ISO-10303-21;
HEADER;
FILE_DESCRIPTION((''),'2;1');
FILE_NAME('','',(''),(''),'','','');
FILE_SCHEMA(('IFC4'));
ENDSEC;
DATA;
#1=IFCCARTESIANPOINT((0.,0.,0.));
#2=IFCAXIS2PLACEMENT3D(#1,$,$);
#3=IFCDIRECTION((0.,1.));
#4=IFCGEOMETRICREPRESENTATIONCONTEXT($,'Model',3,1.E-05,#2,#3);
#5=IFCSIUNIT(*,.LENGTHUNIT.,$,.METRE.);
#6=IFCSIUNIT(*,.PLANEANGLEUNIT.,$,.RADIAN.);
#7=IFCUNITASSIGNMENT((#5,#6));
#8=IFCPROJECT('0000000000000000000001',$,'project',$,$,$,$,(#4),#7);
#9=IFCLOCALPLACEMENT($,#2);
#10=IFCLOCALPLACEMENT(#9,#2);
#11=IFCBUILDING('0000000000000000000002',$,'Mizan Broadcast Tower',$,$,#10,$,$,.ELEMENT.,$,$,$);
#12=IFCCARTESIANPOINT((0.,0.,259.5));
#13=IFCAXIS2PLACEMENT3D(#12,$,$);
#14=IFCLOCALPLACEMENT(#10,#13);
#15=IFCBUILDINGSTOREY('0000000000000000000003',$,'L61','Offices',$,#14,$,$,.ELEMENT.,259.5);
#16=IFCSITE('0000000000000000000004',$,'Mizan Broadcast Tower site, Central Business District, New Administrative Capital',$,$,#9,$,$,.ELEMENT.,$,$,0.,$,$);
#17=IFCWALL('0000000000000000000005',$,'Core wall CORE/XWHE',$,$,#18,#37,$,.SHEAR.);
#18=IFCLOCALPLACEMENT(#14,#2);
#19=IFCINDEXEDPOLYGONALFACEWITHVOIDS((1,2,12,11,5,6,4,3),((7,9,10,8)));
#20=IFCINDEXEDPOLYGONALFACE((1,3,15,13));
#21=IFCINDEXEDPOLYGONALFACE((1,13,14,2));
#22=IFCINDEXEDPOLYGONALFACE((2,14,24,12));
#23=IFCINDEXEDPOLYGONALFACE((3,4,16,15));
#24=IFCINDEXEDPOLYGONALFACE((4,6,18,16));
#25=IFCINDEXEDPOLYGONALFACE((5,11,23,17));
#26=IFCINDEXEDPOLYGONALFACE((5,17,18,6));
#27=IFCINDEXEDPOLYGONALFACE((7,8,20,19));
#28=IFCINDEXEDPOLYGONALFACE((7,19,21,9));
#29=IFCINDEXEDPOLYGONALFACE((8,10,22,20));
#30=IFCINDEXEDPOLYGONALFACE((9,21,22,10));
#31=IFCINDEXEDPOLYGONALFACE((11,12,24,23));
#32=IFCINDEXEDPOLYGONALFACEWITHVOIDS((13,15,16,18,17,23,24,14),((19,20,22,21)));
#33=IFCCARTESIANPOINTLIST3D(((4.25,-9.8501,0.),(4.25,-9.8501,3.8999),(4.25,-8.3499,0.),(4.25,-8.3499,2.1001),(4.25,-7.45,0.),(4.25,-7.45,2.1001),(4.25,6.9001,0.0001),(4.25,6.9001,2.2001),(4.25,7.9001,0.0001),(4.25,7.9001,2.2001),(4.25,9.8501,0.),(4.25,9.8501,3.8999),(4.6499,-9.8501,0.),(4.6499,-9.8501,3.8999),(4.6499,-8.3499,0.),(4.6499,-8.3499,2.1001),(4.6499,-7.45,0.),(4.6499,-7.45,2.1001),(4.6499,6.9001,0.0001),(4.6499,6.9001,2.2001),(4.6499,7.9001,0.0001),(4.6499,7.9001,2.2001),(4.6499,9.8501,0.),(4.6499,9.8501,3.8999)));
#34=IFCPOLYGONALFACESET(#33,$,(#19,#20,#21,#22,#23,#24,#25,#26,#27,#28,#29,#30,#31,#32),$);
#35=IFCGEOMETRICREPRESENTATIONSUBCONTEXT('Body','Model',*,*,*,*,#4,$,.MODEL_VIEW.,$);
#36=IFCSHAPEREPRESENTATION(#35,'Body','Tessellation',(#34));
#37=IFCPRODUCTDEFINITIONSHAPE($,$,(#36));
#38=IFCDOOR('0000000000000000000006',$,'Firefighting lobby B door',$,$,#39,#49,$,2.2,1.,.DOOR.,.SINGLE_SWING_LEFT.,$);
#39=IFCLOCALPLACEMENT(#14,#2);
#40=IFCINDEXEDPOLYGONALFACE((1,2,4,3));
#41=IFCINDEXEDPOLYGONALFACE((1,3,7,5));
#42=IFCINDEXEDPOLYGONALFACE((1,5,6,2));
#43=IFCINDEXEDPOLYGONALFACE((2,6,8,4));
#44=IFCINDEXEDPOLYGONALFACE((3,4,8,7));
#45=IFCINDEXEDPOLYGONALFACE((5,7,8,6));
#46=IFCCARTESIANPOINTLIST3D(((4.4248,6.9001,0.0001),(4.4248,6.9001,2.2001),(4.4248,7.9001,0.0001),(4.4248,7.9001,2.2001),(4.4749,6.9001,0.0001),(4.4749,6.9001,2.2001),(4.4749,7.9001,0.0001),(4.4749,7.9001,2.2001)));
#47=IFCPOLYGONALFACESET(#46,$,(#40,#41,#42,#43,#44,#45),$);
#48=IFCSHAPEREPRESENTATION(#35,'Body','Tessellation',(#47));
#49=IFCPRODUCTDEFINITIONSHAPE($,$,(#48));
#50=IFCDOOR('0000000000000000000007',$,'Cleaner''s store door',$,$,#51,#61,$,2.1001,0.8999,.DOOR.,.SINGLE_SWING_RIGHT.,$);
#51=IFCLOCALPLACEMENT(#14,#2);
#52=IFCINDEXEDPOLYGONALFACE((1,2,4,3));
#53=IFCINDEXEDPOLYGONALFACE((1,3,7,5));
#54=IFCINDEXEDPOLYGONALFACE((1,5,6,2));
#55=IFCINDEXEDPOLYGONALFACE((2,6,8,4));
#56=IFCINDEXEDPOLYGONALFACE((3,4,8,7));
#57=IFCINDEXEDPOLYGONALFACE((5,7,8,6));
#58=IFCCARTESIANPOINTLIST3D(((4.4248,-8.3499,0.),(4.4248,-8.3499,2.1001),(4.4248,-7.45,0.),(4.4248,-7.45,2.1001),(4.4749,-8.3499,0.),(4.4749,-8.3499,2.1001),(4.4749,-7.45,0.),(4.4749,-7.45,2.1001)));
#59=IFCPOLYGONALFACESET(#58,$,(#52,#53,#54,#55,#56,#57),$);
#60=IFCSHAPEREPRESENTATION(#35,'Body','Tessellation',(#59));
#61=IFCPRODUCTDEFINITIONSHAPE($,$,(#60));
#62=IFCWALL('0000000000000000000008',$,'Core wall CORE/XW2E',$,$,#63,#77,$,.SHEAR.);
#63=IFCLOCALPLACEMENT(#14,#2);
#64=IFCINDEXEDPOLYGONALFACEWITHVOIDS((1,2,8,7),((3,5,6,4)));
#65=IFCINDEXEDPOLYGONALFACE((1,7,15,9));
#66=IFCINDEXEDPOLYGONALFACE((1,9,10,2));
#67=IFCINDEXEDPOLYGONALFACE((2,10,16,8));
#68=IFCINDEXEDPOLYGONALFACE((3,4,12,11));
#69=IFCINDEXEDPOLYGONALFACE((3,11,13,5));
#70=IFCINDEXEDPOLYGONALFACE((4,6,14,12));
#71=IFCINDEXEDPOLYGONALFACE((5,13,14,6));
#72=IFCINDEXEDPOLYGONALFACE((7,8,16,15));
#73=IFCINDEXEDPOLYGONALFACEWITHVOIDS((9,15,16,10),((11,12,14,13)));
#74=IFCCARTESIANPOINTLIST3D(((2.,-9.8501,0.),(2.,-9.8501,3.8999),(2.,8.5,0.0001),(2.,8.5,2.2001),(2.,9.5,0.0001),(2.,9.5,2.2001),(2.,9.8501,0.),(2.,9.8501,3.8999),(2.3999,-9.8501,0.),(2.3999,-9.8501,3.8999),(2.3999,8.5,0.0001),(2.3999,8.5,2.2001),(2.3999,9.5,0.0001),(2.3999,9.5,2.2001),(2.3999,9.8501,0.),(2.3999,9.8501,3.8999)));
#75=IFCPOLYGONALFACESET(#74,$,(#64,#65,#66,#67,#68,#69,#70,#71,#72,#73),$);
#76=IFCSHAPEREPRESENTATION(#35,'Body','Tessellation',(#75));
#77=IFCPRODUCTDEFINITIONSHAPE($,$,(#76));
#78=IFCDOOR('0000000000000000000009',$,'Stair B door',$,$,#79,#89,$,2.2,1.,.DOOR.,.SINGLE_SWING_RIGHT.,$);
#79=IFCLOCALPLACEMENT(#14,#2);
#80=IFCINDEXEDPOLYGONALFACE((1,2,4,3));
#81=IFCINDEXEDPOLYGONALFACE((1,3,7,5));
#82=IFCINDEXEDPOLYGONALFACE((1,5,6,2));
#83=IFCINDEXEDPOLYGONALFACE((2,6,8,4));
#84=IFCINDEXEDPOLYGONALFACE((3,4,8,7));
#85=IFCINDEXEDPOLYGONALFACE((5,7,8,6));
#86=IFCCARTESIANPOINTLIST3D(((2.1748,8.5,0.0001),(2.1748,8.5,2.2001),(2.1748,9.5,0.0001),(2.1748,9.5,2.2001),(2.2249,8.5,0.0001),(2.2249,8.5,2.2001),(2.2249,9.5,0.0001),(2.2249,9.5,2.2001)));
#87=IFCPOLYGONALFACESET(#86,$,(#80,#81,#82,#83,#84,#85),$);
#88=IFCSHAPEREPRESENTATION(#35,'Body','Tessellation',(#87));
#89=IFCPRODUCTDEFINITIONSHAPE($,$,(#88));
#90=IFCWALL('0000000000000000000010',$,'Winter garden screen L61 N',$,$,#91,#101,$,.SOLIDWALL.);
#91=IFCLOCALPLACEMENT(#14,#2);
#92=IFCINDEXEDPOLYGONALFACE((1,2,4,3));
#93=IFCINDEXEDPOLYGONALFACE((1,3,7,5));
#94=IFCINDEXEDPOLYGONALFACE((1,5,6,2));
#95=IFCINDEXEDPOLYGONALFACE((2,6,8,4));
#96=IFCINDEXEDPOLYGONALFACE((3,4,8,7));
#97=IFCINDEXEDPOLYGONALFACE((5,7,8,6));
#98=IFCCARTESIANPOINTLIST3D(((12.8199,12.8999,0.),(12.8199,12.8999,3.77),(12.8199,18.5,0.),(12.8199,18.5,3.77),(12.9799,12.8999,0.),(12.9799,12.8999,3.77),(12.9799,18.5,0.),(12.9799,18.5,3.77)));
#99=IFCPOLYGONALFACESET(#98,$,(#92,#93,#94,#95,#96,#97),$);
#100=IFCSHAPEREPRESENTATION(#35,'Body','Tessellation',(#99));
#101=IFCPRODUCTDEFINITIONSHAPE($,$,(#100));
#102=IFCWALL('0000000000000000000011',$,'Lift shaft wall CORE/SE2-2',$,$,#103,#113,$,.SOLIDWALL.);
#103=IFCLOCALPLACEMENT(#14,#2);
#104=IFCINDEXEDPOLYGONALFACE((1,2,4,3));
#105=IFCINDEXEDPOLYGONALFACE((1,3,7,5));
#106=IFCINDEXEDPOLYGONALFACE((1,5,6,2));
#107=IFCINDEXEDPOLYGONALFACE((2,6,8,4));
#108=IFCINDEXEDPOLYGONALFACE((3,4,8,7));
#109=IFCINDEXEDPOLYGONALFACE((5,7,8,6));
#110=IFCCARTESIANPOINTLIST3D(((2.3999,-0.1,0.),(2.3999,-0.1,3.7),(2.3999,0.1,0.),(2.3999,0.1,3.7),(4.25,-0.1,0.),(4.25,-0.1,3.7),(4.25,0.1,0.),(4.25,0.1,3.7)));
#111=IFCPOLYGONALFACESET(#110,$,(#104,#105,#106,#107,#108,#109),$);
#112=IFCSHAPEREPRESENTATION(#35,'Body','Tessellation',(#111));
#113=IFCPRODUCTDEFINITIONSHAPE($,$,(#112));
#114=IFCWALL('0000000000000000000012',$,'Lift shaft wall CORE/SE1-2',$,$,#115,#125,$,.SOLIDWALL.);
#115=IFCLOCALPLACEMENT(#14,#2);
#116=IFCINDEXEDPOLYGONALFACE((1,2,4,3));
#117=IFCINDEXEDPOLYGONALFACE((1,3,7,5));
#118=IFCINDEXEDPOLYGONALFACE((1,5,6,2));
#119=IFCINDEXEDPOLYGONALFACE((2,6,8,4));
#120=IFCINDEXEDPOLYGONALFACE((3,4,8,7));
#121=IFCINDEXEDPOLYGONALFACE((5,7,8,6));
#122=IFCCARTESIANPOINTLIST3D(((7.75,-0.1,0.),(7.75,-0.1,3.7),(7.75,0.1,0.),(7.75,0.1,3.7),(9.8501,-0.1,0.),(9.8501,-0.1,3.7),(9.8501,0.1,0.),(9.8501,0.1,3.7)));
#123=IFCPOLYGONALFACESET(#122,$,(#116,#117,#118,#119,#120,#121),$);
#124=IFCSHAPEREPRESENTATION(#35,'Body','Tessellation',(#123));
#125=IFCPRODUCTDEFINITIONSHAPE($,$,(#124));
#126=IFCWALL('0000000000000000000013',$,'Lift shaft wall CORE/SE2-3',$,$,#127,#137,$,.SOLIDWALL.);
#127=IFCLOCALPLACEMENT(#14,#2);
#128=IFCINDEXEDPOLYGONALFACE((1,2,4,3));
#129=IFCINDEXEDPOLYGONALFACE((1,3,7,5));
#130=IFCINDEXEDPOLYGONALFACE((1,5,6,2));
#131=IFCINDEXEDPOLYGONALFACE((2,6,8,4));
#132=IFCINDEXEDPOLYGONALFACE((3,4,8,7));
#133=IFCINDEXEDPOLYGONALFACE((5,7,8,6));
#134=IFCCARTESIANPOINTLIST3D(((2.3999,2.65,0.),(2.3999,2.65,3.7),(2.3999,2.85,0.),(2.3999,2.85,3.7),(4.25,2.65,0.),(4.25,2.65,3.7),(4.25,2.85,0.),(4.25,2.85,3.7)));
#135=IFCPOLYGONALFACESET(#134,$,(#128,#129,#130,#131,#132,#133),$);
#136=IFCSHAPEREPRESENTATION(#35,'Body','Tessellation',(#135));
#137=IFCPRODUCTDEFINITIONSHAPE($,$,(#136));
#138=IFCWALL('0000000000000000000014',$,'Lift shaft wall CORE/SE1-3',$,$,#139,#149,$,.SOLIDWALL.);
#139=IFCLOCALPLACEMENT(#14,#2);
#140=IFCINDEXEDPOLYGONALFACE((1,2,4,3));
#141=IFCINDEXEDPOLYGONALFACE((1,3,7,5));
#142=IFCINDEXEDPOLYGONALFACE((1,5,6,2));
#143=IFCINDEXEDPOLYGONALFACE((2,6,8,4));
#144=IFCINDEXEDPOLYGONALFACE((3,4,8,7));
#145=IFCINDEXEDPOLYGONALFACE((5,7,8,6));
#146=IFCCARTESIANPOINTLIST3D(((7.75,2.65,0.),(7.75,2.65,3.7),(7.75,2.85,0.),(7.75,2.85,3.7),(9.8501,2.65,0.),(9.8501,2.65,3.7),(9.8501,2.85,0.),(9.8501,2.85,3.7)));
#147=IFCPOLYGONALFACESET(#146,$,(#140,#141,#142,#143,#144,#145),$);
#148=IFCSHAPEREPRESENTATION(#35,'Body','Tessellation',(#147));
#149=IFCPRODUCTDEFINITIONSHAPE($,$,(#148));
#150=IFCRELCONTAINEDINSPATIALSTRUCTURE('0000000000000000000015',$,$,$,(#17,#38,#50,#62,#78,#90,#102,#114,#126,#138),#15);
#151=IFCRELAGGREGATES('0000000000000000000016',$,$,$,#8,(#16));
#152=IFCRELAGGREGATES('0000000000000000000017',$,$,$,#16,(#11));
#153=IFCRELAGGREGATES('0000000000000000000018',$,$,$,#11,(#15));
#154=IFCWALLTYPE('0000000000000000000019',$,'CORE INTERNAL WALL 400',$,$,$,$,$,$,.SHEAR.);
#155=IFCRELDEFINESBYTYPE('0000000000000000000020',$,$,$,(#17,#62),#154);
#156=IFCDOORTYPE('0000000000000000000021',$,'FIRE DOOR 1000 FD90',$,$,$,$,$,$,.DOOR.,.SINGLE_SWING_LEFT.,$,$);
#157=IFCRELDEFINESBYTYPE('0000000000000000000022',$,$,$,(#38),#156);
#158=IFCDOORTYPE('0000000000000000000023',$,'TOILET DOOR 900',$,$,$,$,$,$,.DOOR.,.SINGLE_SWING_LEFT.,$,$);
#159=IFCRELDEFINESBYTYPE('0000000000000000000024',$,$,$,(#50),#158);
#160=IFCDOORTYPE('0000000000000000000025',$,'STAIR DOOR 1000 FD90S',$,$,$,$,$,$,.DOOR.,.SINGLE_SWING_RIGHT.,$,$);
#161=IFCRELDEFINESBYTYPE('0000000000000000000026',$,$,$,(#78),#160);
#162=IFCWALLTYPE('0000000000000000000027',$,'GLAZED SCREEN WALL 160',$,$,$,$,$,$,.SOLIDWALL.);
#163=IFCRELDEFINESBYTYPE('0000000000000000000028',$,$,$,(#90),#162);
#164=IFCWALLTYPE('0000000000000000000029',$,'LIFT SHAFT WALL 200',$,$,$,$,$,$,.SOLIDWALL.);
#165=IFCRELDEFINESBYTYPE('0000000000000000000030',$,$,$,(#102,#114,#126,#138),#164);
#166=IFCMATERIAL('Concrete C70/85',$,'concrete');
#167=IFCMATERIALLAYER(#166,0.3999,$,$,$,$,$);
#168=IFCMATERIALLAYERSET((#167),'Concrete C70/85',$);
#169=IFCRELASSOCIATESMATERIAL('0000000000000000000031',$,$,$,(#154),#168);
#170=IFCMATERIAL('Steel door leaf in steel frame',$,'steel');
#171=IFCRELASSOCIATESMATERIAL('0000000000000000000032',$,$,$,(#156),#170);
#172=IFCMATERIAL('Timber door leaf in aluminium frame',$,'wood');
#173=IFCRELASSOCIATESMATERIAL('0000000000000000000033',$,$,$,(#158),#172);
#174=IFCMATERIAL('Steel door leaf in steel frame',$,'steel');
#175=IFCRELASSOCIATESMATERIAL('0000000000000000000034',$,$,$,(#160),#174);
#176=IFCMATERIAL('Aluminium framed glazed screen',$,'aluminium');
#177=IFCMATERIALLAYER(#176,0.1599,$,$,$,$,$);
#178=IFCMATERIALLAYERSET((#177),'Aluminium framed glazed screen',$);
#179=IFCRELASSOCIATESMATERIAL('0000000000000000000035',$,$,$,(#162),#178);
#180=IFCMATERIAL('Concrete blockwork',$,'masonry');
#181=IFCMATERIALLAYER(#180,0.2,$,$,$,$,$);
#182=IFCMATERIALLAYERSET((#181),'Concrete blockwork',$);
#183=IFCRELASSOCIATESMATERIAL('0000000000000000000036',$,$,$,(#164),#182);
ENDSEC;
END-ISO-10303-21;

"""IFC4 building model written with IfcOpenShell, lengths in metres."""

from ifc_helpers import new_model, si_unit, direction, frame, frame_2d, origin, place, context, subcontext, project, spatial, rectangle, extrude, material, layer, layer_set, type_object, element, fill, save


model = new_model("IFC4")

# Units and contexts
model_context = context("Model", 3, precision=1e-05, world=origin(), true_north=direction((0.0, 1.0)))
body_context = subcontext(model_context, "Body", "Model", "MODEL_VIEW")
ifc_project = project(units=[si_unit("LENGTHUNIT", "METRE"), si_unit("PLANEANGLEUNIT", "RADIAN")], contexts=[model_context])

# Site, building, storey
site_placement = place(None, origin())
site = spatial("IfcSite", under=ifc_project, at=site_placement, Name="Mizan Broadcast Tower site, Central Business District, New Administrative Capital", CompositionType="ELEMENT", RefElevation=0.0)
building_placement = place(site_placement, origin())
building = spatial("IfcBuilding", under=site, at=building_placement, Name="Mizan Broadcast Tower", CompositionType="ELEMENT")
storey_placement = place(building_placement, frame((0.0, 0.0, 259.5)))
storey = spatial("IfcBuildingStorey", under=building, at=storey_placement, Name="L61", Description="Offices", CompositionType="ELEMENT", Elevation=259.5)

# Wall, openings, doors
ifc_material_1 = material(Name="Concrete C70/85", Category="concrete")
ifc_layer_1 = layer(ifc_material_1, 0.3999)
ifc_layer_set_1 = layer_set([ifc_layer_1], Name="Concrete C70/85")
wall_type_1 = type_object("IfcWallType", Name="CORE INTERNAL WALL 400", PredefinedType="SHEAR", material=ifc_layer_set_1)
ifc_material_2 = material(Name="Steel door leaf in steel frame", Category="steel")
door_type_1 = type_object("IfcDoorType", Name="FIRE DOOR 1000 FD90", OperationType="SINGLE_SWING_LEFT", PredefinedType="DOOR", material=ifc_material_2)
ifc_material_3 = material(Name="Timber door leaf in aluminium frame", Category="wood")
door_type_2 = type_object("IfcDoorType", Name="TOILET DOOR 900", OperationType="SINGLE_SWING_LEFT", PredefinedType="DOOR", material=ifc_material_3)
wall_1_placement = place(storey_placement, frame((4.45, 9.8501, 0.0), z_axis=(0.0, 0.0, 1.0), x_axis=(0.0, -1.0, 0.0)))
wall_1 = element("IfcWall", 1, at=wall_1_placement, inside=storey, type_object=wall_type_1, Name="Core wall CORE/XWHE", PredefinedType="SHEAR", context=body_context, shape_type="SweptSolid", body=[
    extrude(rectangle(XDim=19.7002, YDim=0.3999, at=frame_2d((9.8501, 0.0))), origin(), (0.0, 0.0, 1.0), 3.8999),
])
opening_1_placement = place(wall_1_placement, frame((1.95, 0.0, 0.0)))
opening_1 = element("IfcOpeningElement", 2, at=opening_1_placement, cuts=wall_1, PredefinedType="OPENING", context=body_context, shape_type="SweptSolid", body=[
    extrude(rectangle(XDim=1.0, YDim=2.2, at=frame_2d((0.5, 1.1001))), frame((0.0, 0.21, 0.0), z_axis=(0.0, -1.0, 0.0), x_axis=(1.0, 0.0, 0.0)), (0.0, 0.0, 1.0), 0.4199),
])
opening_2_placement = place(wall_1_placement, frame((17.3, 0.0, 0.0)))
opening_2 = element("IfcOpeningElement", 3, at=opening_2_placement, cuts=wall_1, PredefinedType="OPENING", context=body_context, shape_type="SweptSolid", body=[
    extrude(rectangle(XDim=0.8999, YDim=2.1001, at=frame_2d((0.45, 1.05))), frame((0.0, 0.21, 0.0), z_axis=(0.0, -1.0, 0.0), x_axis=(1.0, 0.0, 0.0)), (0.0, 0.0, 1.0), 0.4199),
])
door_1_placement = place(opening_1_placement, origin())
door_1 = element("IfcDoor", 4, at=door_1_placement, inside=storey, type_object=door_type_1, Name="Firefighting lobby B door", OperationType="SINGLE_SWING_LEFT", OverallHeight=2.2, OverallWidth=1.0, PredefinedType="DOOR", context=body_context, shape_type="SweptSolid", body=[
    extrude(rectangle(XDim=1.0, YDim=2.2, at=frame_2d((0.5, 1.1001))), frame((0.0, 0.0249, 0.0), z_axis=(0.0, -1.0, 0.0), x_axis=(1.0, 0.0, 0.0)), (0.0, 0.0, 1.0), 0.05),
])
fill(opening_1, door_1)
door_2_placement = place(opening_2_placement, origin())
door_2 = element("IfcDoor", 5, at=door_2_placement, inside=storey, type_object=door_type_2, Name="Cleaner's store door", OperationType="SINGLE_SWING_RIGHT", OverallHeight=2.1001, OverallWidth=0.8999, PredefinedType="DOOR", context=body_context, shape_type="SweptSolid", body=[
    extrude(rectangle(XDim=0.8999, YDim=2.1001, at=frame_2d((0.45, 1.05))), frame((0.0, 0.0249, 0.0), z_axis=(0.0, -1.0, 0.0), x_axis=(1.0, 0.0, 0.0)), (0.0, 0.0, 1.0), 0.05),
])
fill(opening_2, door_2)

# Wall, opening, door
wall_2_placement = place(storey_placement, frame((2.2, 9.8501, 0.0), z_axis=(0.0, 0.0, 1.0), x_axis=(0.0, -1.0, 0.0)))
wall_2 = element("IfcWall", 6, at=wall_2_placement, inside=storey, type_object=wall_type_1, Name="Core wall CORE/XW2E", PredefinedType="SHEAR", context=body_context, shape_type="SweptSolid", body=[
    extrude(rectangle(XDim=19.7002, YDim=0.3999, at=frame_2d((9.8501, 0.0))), origin(), (0.0, 0.0, 1.0), 3.8999),
])
opening_3_placement = place(wall_2_placement, frame((0.3501, 0.0, 0.0)))
opening_3 = element("IfcOpeningElement", 7, at=opening_3_placement, cuts=wall_2, PredefinedType="OPENING", context=body_context, shape_type="SweptSolid", body=[
    extrude(rectangle(XDim=1.0, YDim=2.2, at=frame_2d((0.5, 1.1001))), frame((0.0, 0.21, 0.0), z_axis=(0.0, -1.0, 0.0), x_axis=(1.0, 0.0, 0.0)), (0.0, 0.0, 1.0), 0.4199),
])
ifc_material_4 = material(Name="Steel door leaf in steel frame", Category="steel")
door_type_3 = type_object("IfcDoorType", Name="STAIR DOOR 1000 FD90S", OperationType="SINGLE_SWING_RIGHT", PredefinedType="DOOR", material=ifc_material_4)
door_3_placement = place(opening_3_placement, origin())
door_3 = element("IfcDoor", 8, at=door_3_placement, inside=storey, type_object=door_type_3, Name="Stair B door", OperationType="SINGLE_SWING_RIGHT", OverallHeight=2.2, OverallWidth=1.0, PredefinedType="DOOR", context=body_context, shape_type="SweptSolid", body=[
    extrude(rectangle(XDim=1.0, YDim=2.2, at=frame_2d((0.5, 1.1001))), frame((0.0, 0.0249, 0.0), z_axis=(0.0, -1.0, 0.0), x_axis=(1.0, 0.0, 0.0)), (0.0, 0.0, 1.0), 0.05),
])
fill(opening_3, door_3)

# Walls
ifc_material_5 = material(Name="Aluminium framed glazed screen", Category="aluminium")
ifc_layer_2 = layer(ifc_material_5, 0.1599)
ifc_layer_set_2 = layer_set([ifc_layer_2], Name="Aluminium framed glazed screen")
wall_type_2 = type_object("IfcWallType", Name="GLAZED SCREEN WALL 160", PredefinedType="SOLIDWALL", material=ifc_layer_set_2)
wall_3_placement = place(storey_placement, frame((12.8999, 12.8999, 0.0), z_axis=(0.0, 0.0, 1.0), x_axis=(0.0, 1.0, 0.0)))
element("IfcWall", 9, at=wall_3_placement, inside=storey, type_object=wall_type_2, Name="Winter garden screen L61 N", PredefinedType="SOLIDWALL", context=body_context, shape_type="SweptSolid", body=[
    extrude(rectangle(XDim=5.6001, YDim=0.1599, at=frame_2d((2.8, 0.0))), origin(), (0.0, 0.0, 1.0), 3.77),
])
ifc_material_6 = material(Name="Concrete blockwork", Category="masonry")
ifc_layer_3 = layer(ifc_material_6, 0.2)
ifc_layer_set_3 = layer_set([ifc_layer_3], Name="Concrete blockwork")
wall_type_3 = type_object("IfcWallType", Name="LIFT SHAFT WALL 200", PredefinedType="SOLIDWALL", material=ifc_layer_set_3)
wall_4_placement = place(storey_placement, frame((2.3999, 0.0, 0.0), z_axis=(0.0, 0.0, 1.0), x_axis=(1.0, 0.0, 0.0)))
element("IfcWall", 10, at=wall_4_placement, inside=storey, type_object=wall_type_3, Name="Lift shaft wall CORE/SE2-2", PredefinedType="SOLIDWALL", context=body_context, shape_type="SweptSolid", body=[
    extrude(rectangle(XDim=1.8501, YDim=0.2, at=frame_2d((0.925, 0.0))), origin(), (0.0, 0.0, 1.0), 3.7),
])
wall_5_placement = place(storey_placement, frame((7.75, 0.0, 0.0), z_axis=(0.0, 0.0, 1.0), x_axis=(1.0, 0.0, 0.0)))
element("IfcWall", 11, at=wall_5_placement, inside=storey, type_object=wall_type_3, Name="Lift shaft wall CORE/SE1-2", PredefinedType="SOLIDWALL", context=body_context, shape_type="SweptSolid", body=[
    extrude(rectangle(XDim=2.1001, YDim=0.2, at=frame_2d((1.05, 0.0))), origin(), (0.0, 0.0, 1.0), 3.7),
])
wall_6_placement = place(storey_placement, frame((2.3999, 2.75, 0.0), z_axis=(0.0, 0.0, 1.0), x_axis=(1.0, 0.0, 0.0)))
element("IfcWall", 12, at=wall_6_placement, inside=storey, type_object=wall_type_3, Name="Lift shaft wall CORE/SE2-3", PredefinedType="SOLIDWALL", context=body_context, shape_type="SweptSolid", body=[
    extrude(rectangle(XDim=1.8501, YDim=0.2, at=frame_2d((0.925, 0.0))), origin(), (0.0, 0.0, 1.0), 3.7),
])
wall_7_placement = place(storey_placement, frame((7.75, 2.75, 0.0), z_axis=(0.0, 0.0, 1.0), x_axis=(1.0, 0.0, 0.0)))
element("IfcWall", 13, at=wall_7_placement, inside=storey, type_object=wall_type_3, Name="Lift shaft wall CORE/SE1-3", PredefinedType="SOLIDWALL", context=body_context, shape_type="SweptSolid", body=[
    extrude(rectangle(XDim=2.1001, YDim=0.2, at=frame_2d((1.05, 0.0))), origin(), (0.0, 0.0, 1.0), 3.7),
])

save(model, "model.ifc")
